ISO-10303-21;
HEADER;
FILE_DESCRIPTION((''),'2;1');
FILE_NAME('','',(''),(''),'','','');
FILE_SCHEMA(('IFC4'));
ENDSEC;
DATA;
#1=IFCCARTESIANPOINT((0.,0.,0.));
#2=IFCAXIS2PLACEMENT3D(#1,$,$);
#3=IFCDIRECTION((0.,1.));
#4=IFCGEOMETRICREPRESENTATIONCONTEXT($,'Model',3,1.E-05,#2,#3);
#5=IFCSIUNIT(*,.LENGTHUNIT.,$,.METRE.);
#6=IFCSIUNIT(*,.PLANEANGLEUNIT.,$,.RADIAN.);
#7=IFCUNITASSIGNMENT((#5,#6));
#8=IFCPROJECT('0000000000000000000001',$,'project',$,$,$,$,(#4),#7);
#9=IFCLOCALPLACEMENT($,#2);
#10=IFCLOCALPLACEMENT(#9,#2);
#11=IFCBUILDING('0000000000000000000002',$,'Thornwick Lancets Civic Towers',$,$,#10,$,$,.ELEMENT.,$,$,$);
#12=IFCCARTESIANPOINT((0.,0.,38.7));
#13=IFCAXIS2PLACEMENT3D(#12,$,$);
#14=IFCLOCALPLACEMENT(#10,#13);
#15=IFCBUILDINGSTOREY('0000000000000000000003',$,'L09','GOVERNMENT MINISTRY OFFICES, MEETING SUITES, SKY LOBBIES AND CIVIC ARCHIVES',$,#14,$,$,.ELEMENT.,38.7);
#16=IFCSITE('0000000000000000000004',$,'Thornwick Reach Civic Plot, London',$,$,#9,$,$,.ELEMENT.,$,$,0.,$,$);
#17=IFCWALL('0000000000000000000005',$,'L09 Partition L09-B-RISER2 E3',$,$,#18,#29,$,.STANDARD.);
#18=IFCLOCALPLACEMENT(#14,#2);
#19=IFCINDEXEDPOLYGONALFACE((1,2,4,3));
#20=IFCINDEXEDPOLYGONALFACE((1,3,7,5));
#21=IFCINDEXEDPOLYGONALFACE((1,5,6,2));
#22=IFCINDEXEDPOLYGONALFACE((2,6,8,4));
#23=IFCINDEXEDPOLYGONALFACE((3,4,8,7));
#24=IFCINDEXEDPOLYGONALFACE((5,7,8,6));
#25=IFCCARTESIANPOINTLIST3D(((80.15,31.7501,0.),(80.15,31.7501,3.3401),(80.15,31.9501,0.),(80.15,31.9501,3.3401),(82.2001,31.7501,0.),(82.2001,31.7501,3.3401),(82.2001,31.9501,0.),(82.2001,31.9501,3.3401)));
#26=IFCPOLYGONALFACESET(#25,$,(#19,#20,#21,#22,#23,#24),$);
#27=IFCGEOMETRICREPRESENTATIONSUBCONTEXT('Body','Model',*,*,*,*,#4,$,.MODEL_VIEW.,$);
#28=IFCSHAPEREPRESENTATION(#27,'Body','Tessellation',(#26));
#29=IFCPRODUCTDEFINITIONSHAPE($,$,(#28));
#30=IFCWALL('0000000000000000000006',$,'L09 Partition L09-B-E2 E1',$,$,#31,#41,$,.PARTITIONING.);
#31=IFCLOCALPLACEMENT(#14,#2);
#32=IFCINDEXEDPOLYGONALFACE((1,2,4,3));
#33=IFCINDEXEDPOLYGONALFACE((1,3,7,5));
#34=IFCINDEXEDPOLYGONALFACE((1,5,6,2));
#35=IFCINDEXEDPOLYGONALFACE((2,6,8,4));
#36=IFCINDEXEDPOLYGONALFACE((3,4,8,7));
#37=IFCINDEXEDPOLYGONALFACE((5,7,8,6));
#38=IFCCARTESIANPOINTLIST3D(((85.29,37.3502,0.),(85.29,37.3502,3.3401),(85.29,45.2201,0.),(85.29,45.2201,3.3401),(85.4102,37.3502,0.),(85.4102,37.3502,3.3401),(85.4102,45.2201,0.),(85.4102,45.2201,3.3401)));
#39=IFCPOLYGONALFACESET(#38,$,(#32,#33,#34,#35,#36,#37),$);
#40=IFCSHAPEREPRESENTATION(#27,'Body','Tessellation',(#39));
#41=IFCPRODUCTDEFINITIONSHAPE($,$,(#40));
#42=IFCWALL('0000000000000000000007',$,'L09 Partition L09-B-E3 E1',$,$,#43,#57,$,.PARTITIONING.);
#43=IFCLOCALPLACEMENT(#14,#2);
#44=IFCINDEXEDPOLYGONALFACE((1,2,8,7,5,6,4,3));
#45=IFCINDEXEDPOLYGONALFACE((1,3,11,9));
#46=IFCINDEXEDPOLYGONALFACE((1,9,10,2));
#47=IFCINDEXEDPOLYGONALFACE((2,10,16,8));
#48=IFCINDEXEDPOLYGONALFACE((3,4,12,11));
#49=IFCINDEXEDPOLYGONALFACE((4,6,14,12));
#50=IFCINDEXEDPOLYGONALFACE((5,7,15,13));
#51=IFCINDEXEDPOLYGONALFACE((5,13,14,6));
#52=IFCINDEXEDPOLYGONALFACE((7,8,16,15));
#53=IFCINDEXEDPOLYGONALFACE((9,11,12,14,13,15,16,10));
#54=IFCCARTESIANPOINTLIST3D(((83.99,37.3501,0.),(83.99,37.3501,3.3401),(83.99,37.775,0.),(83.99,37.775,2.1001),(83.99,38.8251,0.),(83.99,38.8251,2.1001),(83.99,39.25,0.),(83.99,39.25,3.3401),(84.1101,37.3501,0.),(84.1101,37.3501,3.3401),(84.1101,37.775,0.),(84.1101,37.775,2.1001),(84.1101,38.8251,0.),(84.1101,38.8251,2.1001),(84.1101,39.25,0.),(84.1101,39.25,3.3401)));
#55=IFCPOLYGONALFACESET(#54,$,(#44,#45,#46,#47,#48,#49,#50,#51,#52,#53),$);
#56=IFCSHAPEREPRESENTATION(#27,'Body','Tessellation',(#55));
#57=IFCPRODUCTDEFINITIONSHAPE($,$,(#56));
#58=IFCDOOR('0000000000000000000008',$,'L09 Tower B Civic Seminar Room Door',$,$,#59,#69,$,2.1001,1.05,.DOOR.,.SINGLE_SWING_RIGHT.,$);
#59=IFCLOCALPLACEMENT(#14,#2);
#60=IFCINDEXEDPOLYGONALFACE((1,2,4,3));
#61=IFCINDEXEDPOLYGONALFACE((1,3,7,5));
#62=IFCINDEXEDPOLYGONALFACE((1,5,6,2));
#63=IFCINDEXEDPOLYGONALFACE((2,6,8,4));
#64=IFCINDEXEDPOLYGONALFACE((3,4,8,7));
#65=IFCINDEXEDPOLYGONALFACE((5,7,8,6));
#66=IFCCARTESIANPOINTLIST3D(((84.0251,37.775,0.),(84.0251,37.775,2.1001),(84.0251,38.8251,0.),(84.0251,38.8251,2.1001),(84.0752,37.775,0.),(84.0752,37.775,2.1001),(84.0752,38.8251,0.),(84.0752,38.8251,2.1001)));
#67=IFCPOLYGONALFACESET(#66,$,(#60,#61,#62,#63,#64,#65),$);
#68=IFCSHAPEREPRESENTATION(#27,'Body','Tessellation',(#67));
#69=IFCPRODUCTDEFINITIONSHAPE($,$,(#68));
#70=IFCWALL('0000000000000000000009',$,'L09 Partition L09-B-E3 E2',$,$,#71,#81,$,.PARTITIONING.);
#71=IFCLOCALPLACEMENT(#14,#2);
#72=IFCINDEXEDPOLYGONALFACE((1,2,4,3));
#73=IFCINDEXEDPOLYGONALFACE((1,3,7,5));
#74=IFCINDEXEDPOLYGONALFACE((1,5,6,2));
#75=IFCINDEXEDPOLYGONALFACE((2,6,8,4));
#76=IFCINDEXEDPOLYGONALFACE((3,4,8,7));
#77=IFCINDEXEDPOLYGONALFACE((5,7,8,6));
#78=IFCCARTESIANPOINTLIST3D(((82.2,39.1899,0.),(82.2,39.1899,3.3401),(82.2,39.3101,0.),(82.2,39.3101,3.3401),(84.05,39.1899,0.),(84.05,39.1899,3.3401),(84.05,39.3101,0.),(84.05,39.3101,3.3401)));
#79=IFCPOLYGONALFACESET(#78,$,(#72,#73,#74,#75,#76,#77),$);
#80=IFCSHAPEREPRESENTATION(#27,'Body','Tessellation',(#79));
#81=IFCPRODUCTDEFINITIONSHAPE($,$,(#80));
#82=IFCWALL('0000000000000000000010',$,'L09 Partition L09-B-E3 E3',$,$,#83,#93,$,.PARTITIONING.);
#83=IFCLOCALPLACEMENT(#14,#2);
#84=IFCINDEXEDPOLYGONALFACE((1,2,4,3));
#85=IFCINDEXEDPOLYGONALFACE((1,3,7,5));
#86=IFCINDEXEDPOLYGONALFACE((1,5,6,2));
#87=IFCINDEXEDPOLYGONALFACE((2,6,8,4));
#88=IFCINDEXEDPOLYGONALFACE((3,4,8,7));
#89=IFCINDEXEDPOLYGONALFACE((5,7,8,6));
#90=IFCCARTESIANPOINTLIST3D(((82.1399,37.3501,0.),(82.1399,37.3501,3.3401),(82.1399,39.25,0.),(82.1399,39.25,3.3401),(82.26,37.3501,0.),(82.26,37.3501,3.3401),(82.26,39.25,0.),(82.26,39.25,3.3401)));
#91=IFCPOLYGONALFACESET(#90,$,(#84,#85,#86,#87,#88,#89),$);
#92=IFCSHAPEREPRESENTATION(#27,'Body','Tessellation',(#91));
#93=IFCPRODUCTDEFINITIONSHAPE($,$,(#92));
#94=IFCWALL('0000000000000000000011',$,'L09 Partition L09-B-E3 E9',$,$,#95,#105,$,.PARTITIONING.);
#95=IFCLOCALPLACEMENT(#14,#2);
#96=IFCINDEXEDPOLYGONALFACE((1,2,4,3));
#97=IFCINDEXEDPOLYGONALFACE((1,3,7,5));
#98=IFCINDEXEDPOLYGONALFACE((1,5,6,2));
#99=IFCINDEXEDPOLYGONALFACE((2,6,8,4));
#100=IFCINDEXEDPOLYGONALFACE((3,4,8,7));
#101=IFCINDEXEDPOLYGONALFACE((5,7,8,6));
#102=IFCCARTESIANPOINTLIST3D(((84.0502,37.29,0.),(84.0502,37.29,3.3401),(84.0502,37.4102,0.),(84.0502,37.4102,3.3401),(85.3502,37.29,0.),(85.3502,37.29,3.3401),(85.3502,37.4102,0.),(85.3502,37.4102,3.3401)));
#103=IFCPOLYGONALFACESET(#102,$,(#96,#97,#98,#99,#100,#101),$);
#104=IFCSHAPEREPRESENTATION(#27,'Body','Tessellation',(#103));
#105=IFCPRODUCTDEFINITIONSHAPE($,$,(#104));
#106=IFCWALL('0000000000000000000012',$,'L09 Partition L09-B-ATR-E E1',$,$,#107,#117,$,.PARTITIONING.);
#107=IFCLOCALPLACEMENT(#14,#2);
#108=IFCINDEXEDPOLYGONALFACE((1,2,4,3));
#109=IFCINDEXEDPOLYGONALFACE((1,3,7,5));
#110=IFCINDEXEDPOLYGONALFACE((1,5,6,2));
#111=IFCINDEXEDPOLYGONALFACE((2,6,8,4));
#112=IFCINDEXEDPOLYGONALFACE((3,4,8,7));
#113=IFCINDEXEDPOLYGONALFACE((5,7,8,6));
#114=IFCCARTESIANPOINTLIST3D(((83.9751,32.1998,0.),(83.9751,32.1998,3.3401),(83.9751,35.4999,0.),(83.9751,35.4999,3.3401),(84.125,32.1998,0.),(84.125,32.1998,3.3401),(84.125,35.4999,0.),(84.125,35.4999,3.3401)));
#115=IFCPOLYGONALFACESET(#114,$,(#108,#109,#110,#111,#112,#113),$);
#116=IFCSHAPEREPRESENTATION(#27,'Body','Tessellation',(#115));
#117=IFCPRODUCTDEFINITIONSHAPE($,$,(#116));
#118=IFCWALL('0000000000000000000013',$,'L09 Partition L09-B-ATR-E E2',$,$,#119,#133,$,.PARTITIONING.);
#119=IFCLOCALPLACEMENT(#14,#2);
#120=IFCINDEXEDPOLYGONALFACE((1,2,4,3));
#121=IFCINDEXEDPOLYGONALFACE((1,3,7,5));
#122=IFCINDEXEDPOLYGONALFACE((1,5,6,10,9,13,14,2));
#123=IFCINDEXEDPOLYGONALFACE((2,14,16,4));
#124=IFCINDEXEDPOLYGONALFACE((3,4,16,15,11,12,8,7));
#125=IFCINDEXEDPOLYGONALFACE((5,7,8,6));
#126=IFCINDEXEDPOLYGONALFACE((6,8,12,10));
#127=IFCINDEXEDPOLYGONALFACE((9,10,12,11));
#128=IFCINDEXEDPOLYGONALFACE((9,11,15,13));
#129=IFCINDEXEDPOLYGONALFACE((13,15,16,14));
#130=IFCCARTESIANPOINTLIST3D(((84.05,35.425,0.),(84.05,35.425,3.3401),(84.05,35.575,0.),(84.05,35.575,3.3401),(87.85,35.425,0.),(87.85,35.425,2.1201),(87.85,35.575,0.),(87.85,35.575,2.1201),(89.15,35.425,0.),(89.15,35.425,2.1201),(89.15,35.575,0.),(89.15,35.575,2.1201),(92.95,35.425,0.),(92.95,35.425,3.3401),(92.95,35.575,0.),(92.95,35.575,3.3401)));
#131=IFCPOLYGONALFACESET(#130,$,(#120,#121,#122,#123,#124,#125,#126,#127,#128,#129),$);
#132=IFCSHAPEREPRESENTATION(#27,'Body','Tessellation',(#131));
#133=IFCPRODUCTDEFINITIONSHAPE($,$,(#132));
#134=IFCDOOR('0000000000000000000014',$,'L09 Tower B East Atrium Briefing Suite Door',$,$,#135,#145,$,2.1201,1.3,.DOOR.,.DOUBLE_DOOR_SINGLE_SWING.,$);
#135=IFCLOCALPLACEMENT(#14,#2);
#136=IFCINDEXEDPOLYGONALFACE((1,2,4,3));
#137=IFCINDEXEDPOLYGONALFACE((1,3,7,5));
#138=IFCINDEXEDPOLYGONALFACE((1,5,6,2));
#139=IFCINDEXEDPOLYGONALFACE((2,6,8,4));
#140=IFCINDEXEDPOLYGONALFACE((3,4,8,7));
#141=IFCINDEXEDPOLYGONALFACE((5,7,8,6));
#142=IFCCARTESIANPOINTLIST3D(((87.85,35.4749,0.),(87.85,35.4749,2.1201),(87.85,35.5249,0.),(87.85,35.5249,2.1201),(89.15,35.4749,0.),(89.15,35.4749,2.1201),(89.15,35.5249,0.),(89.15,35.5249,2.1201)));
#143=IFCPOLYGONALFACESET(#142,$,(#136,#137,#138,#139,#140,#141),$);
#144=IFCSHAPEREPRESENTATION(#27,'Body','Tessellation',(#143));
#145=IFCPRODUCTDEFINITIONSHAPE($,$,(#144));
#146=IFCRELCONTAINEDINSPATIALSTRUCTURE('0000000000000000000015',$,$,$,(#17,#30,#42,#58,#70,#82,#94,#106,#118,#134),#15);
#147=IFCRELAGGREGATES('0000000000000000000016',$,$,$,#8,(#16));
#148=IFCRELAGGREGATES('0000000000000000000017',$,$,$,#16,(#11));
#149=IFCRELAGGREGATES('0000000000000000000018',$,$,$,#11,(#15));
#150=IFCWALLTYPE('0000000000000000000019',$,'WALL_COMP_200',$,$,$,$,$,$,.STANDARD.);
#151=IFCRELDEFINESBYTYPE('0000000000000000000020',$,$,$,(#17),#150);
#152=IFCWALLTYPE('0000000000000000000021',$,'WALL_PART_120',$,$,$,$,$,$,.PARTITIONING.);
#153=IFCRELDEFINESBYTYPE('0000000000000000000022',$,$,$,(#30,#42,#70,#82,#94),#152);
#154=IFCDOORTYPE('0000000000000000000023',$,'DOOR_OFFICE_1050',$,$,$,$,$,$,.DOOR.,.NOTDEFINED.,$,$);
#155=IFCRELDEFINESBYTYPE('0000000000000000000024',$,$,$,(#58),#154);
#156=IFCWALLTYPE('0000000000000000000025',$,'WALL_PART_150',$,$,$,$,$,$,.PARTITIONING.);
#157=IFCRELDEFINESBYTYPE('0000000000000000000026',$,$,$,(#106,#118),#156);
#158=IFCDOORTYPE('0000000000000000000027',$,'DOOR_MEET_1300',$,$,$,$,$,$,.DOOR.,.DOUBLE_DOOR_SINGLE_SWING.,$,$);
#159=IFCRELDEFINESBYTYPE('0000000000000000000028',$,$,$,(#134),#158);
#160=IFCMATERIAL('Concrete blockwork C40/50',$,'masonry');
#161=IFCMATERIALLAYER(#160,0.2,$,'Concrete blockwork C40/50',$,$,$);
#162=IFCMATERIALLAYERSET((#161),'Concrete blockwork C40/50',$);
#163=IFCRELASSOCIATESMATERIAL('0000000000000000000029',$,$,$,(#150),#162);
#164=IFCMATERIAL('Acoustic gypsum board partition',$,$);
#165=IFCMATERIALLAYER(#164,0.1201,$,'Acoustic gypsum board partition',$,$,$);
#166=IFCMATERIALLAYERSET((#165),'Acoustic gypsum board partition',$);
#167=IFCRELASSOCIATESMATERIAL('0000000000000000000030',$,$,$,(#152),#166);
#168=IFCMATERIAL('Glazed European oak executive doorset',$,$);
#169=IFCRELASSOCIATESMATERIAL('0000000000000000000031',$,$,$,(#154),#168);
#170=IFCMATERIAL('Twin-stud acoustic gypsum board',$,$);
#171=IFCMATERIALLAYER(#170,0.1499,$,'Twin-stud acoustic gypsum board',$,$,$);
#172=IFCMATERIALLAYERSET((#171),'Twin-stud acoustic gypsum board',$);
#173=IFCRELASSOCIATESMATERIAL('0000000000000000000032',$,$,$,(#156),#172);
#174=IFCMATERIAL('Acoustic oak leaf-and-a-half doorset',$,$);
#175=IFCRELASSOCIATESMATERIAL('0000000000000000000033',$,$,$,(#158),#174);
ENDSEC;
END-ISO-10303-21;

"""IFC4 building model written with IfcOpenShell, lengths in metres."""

from ifc_helpers import new_model, si_unit, direction, frame, frame_2d, origin, place, context, subcontext, project, spatial, rectangle, extrude, material, layer, layer_set, type_object, element, fill, save


model = new_model("IFC4")

# Units and contexts
model_context = context("Model", 3, precision=1e-05, world=origin(), true_north=direction((0.0, 1.0)))
body_context = subcontext(model_context, "Body", "Model", "MODEL_VIEW")
ifc_project = project(units=[si_unit("LENGTHUNIT", "METRE"), si_unit("PLANEANGLEUNIT", "RADIAN")], contexts=[model_context])

# Site, building, storey
site_placement = place(None, origin())
site = spatial("IfcSite", under=ifc_project, at=site_placement, Name="Thornwick Reach Civic Plot, London", CompositionType="ELEMENT", RefElevation=0.0)
building_placement = place(site_placement, origin())
building = spatial("IfcBuilding", under=site, at=building_placement, Name="Thornwick Lancets Civic Towers", CompositionType="ELEMENT")
storey_placement = place(building_placement, frame((0.0, 0.0, 38.7)))
storey = spatial("IfcBuildingStorey", under=building, at=storey_placement, Name="L09", Description="GOVERNMENT MINISTRY OFFICES, MEETING SUITES, SKY LOBBIES AND CIVIC ARCHIVES", CompositionType="ELEMENT", Elevation=38.7)

# Shared definitions
ifc_material_1 = material(Name="Concrete blockwork C40/50", Category="masonry")
ifc_layer_1 = layer(ifc_material_1, 0.2, Name="Concrete blockwork C40/50")
ifc_layer_set_1 = layer_set([ifc_layer_1], Name="Concrete blockwork C40/50")
wall_type_1 = type_object("IfcWallType", Name="WALL_COMP_200", PredefinedType="STANDARD", material=ifc_layer_set_1)

# Walls
wall_1_placement = place(storey_placement, frame((82.2, 31.8501, 0.0), z_axis=(0.0, 0.0, 1.0), x_axis=(-1.0, 0.0, 0.0)))
element("IfcWall", 1, at=wall_1_placement, inside=storey, type_object=wall_type_1, Name="L09 Partition L09-B-RISER2 E3", PredefinedType="STANDARD", context=body_context, shape_type="SweptSolid", body=[
    extrude(rectangle(XDim=2.05, YDim=0.2, at=frame_2d((1.0249, 0.0))), origin(), (0.0, 0.0, 1.0), 3.3401),
])
ifc_material_2 = material(Name="Acoustic gypsum board partition")
ifc_layer_2 = layer(ifc_material_2, 0.1201, Name="Acoustic gypsum board partition")
ifc_layer_set_2 = layer_set([ifc_layer_2], Name="Acoustic gypsum board partition")
wall_type_2 = type_object("IfcWallType", Name="WALL_PART_120", PredefinedType="PARTITIONING", material=ifc_layer_set_2)
wall_2_placement = place(storey_placement, frame((85.3501, 37.3501, 0.0), z_axis=(0.0, 0.0, 1.0), x_axis=(0.0, 1.0, 0.0)))
element("IfcWall", 2, at=wall_2_placement, inside=storey, type_object=wall_type_2, Name="L09 Partition L09-B-E2 E1", PredefinedType="PARTITIONING", context=body_context, shape_type="SweptSolid", body=[
    extrude(rectangle(XDim=7.8699, YDim=0.1201, at=frame_2d((3.9351, 0.0))), origin(), (0.0, 0.0, 1.0), 3.3401),
])

# Wall, opening, door
wall_3_placement = place(storey_placement, frame((84.05, 37.3501, 0.0), z_axis=(0.0, 0.0, 1.0), x_axis=(0.0, 1.0, 0.0)))
wall_3 = element("IfcWall", 3, at=wall_3_placement, inside=storey, type_object=wall_type_2, Name="L09 Partition L09-B-E3 E1", PredefinedType="PARTITIONING", context=body_context, shape_type="SweptSolid", body=[
    extrude(rectangle(XDim=1.8999, YDim=0.1201, at=frame_2d((0.95, 0.0))), origin(), (0.0, 0.0, 1.0), 3.3401),
])
opening_1_placement = place(wall_3_placement, frame((0.425, 0.0, 0.0)))
opening_1 = element("IfcOpeningElement", 4, at=opening_1_placement, cuts=wall_3, PredefinedType="OPENING", context=body_context, shape_type="SweptSolid", body=[
    extrude(rectangle(XDim=1.05, YDim=2.1001, at=frame_2d((0.5249, 1.05))), frame((0.0, 0.0701, 0.0), z_axis=(0.0, -1.0, 0.0), x_axis=(1.0, 0.0, 0.0)), (0.0, 0.0, 1.0), 0.1401),
])
ifc_material_3 = material(Name="Glazed European oak executive doorset")
door_type_1 = type_object("IfcDoorType", Name="DOOR_OFFICE_1050", OperationType="NOTDEFINED", PredefinedType="DOOR", material=ifc_material_3)
door_1_placement = place(opening_1_placement, origin())
door_1 = element("IfcDoor", 5, at=door_1_placement, inside=storey, type_object=door_type_1, Name="L09 Tower B Civic Seminar Room Door", OperationType="SINGLE_SWING_RIGHT", OverallHeight=2.1001, OverallWidth=1.05, PredefinedType="DOOR", context=body_context, shape_type="SweptSolid", body=[
    extrude(rectangle(XDim=1.05, YDim=2.1001, at=frame_2d((0.5249, 1.05))), frame((0.0, 0.0249, 0.0), z_axis=(0.0, -1.0, 0.0), x_axis=(1.0, 0.0, 0.0)), (0.0, 0.0, 1.0), 0.05),
])
fill(opening_1, door_1)

# Walls
wall_4_placement = place(storey_placement, frame((84.05, 39.25, 0.0), z_axis=(0.0, 0.0, 1.0), x_axis=(-1.0, 0.0, 0.0)))
element("IfcWall", 6, at=wall_4_placement, inside=storey, type_object=wall_type_2, Name="L09 Partition L09-B-E3 E2", PredefinedType="PARTITIONING", context=body_context, shape_type="SweptSolid", body=[
    extrude(rectangle(XDim=1.8501, YDim=0.1201, at=frame_2d((0.925, 0.0))), origin(), (0.0, 0.0, 1.0), 3.3401),
])
wall_5_placement = place(storey_placement, frame((82.2, 39.25, 0.0), z_axis=(0.0, 0.0, 1.0), x_axis=(0.0, -1.0, 0.0)))
element("IfcWall", 7, at=wall_5_placement, inside=storey, type_object=wall_type_2, Name="L09 Partition L09-B-E3 E3", PredefinedType="PARTITIONING", context=body_context, shape_type="SweptSolid", body=[
    extrude(rectangle(XDim=1.8999, YDim=0.1201, at=frame_2d((0.95, 0.0))), origin(), (0.0, 0.0, 1.0), 3.3401),
])
wall_6_placement = place(storey_placement, frame((85.3501, 37.3501, 0.0), z_axis=(0.0, 0.0, 1.0), x_axis=(-1.0, 0.0, 0.0)))
element("IfcWall", 8, at=wall_6_placement, inside=storey, type_object=wall_type_2, Name="L09 Partition L09-B-E3 E9", PredefinedType="PARTITIONING", context=body_context, shape_type="SweptSolid", body=[
    extrude(rectangle(XDim=1.3, YDim=0.1201, at=frame_2d((0.6499, 0.0))), origin(), (0.0, 0.0, 1.0), 3.3401),
])
ifc_material_4 = material(Name="Twin-stud acoustic gypsum board")
ifc_layer_3 = layer(ifc_material_4, 0.1499, Name="Twin-stud acoustic gypsum board")
ifc_layer_set_3 = layer_set([ifc_layer_3], Name="Twin-stud acoustic gypsum board")
wall_type_3 = type_object("IfcWallType", Name="WALL_PART_150", PredefinedType="PARTITIONING", material=ifc_layer_set_3)
wall_7_placement = place(storey_placement, frame((84.05, 32.2, 0.0), z_axis=(0.0, 0.0, 1.0), x_axis=(0.0, 1.0, 0.0)))
element("IfcWall", 9, at=wall_7_placement, inside=storey, type_object=wall_type_3, Name="L09 Partition L09-B-ATR-E E1", PredefinedType="PARTITIONING", context=body_context, shape_type="SweptSolid", body=[
    extrude(rectangle(XDim=3.3, YDim=0.1499, at=frame_2d((1.6499, 0.0))), origin(), (0.0, 0.0, 1.0), 3.3401),
])

# Wall, opening, door
wall_8_placement = place(storey_placement, frame((84.05, 35.5, 0.0), z_axis=(0.0, 0.0, 1.0), x_axis=(1.0, 0.0, 0.0)))
wall_8 = element("IfcWall", 10, at=wall_8_placement, inside=storey, type_object=wall_type_3, Name="L09 Partition L09-B-ATR-E E2", PredefinedType="PARTITIONING", context=body_context, shape_type="SweptSolid", body=[
    extrude(rectangle(XDim=8.8999, YDim=0.1499, at=frame_2d((4.45, 0.0))), origin(), (0.0, 0.0, 1.0), 3.3401),
])
opening_2_placement = place(wall_8_placement, frame((3.8, 0.0, 0.0)))
opening_2 = element("IfcOpeningElement", 11, at=opening_2_placement, cuts=wall_8, PredefinedType="OPENING", context=body_context, shape_type="SweptSolid", body=[
    extrude(rectangle(XDim=1.3, YDim=2.1201, at=frame_2d((0.6499, 1.0601))), frame((0.0, 0.085, 0.0), z_axis=(0.0, -1.0, 0.0), x_axis=(1.0, 0.0, 0.0)), (0.0, 0.0, 1.0), 0.1699),
])
ifc_material_5 = material(Name="Acoustic oak leaf-and-a-half doorset")
door_type_2 = type_object("IfcDoorType", Name="DOOR_MEET_1300", OperationType="DOUBLE_DOOR_SINGLE_SWING", PredefinedType="DOOR", material=ifc_material_5)
door_2_placement = place(opening_2_placement, origin())
door_2 = element("IfcDoor", 12, at=door_2_placement, inside=storey, type_object=door_type_2, Name="L09 Tower B East Atrium Briefing Suite Door", OperationType="DOUBLE_DOOR_SINGLE_SWING", OverallHeight=2.1201, OverallWidth=1.3, PredefinedType="DOOR", context=body_context, shape_type="SweptSolid", body=[
    extrude(rectangle(XDim=1.3, YDim=2.1201, at=frame_2d((0.6499, 1.0601))), frame((0.0, 0.0249, 0.0), z_axis=(0.0, -1.0, 0.0), x_axis=(1.0, 0.0, 0.0)), (0.0, 0.0, 1.0), 0.05),
])
fill(opening_2, door_2)

save(model, "model.ifc")
